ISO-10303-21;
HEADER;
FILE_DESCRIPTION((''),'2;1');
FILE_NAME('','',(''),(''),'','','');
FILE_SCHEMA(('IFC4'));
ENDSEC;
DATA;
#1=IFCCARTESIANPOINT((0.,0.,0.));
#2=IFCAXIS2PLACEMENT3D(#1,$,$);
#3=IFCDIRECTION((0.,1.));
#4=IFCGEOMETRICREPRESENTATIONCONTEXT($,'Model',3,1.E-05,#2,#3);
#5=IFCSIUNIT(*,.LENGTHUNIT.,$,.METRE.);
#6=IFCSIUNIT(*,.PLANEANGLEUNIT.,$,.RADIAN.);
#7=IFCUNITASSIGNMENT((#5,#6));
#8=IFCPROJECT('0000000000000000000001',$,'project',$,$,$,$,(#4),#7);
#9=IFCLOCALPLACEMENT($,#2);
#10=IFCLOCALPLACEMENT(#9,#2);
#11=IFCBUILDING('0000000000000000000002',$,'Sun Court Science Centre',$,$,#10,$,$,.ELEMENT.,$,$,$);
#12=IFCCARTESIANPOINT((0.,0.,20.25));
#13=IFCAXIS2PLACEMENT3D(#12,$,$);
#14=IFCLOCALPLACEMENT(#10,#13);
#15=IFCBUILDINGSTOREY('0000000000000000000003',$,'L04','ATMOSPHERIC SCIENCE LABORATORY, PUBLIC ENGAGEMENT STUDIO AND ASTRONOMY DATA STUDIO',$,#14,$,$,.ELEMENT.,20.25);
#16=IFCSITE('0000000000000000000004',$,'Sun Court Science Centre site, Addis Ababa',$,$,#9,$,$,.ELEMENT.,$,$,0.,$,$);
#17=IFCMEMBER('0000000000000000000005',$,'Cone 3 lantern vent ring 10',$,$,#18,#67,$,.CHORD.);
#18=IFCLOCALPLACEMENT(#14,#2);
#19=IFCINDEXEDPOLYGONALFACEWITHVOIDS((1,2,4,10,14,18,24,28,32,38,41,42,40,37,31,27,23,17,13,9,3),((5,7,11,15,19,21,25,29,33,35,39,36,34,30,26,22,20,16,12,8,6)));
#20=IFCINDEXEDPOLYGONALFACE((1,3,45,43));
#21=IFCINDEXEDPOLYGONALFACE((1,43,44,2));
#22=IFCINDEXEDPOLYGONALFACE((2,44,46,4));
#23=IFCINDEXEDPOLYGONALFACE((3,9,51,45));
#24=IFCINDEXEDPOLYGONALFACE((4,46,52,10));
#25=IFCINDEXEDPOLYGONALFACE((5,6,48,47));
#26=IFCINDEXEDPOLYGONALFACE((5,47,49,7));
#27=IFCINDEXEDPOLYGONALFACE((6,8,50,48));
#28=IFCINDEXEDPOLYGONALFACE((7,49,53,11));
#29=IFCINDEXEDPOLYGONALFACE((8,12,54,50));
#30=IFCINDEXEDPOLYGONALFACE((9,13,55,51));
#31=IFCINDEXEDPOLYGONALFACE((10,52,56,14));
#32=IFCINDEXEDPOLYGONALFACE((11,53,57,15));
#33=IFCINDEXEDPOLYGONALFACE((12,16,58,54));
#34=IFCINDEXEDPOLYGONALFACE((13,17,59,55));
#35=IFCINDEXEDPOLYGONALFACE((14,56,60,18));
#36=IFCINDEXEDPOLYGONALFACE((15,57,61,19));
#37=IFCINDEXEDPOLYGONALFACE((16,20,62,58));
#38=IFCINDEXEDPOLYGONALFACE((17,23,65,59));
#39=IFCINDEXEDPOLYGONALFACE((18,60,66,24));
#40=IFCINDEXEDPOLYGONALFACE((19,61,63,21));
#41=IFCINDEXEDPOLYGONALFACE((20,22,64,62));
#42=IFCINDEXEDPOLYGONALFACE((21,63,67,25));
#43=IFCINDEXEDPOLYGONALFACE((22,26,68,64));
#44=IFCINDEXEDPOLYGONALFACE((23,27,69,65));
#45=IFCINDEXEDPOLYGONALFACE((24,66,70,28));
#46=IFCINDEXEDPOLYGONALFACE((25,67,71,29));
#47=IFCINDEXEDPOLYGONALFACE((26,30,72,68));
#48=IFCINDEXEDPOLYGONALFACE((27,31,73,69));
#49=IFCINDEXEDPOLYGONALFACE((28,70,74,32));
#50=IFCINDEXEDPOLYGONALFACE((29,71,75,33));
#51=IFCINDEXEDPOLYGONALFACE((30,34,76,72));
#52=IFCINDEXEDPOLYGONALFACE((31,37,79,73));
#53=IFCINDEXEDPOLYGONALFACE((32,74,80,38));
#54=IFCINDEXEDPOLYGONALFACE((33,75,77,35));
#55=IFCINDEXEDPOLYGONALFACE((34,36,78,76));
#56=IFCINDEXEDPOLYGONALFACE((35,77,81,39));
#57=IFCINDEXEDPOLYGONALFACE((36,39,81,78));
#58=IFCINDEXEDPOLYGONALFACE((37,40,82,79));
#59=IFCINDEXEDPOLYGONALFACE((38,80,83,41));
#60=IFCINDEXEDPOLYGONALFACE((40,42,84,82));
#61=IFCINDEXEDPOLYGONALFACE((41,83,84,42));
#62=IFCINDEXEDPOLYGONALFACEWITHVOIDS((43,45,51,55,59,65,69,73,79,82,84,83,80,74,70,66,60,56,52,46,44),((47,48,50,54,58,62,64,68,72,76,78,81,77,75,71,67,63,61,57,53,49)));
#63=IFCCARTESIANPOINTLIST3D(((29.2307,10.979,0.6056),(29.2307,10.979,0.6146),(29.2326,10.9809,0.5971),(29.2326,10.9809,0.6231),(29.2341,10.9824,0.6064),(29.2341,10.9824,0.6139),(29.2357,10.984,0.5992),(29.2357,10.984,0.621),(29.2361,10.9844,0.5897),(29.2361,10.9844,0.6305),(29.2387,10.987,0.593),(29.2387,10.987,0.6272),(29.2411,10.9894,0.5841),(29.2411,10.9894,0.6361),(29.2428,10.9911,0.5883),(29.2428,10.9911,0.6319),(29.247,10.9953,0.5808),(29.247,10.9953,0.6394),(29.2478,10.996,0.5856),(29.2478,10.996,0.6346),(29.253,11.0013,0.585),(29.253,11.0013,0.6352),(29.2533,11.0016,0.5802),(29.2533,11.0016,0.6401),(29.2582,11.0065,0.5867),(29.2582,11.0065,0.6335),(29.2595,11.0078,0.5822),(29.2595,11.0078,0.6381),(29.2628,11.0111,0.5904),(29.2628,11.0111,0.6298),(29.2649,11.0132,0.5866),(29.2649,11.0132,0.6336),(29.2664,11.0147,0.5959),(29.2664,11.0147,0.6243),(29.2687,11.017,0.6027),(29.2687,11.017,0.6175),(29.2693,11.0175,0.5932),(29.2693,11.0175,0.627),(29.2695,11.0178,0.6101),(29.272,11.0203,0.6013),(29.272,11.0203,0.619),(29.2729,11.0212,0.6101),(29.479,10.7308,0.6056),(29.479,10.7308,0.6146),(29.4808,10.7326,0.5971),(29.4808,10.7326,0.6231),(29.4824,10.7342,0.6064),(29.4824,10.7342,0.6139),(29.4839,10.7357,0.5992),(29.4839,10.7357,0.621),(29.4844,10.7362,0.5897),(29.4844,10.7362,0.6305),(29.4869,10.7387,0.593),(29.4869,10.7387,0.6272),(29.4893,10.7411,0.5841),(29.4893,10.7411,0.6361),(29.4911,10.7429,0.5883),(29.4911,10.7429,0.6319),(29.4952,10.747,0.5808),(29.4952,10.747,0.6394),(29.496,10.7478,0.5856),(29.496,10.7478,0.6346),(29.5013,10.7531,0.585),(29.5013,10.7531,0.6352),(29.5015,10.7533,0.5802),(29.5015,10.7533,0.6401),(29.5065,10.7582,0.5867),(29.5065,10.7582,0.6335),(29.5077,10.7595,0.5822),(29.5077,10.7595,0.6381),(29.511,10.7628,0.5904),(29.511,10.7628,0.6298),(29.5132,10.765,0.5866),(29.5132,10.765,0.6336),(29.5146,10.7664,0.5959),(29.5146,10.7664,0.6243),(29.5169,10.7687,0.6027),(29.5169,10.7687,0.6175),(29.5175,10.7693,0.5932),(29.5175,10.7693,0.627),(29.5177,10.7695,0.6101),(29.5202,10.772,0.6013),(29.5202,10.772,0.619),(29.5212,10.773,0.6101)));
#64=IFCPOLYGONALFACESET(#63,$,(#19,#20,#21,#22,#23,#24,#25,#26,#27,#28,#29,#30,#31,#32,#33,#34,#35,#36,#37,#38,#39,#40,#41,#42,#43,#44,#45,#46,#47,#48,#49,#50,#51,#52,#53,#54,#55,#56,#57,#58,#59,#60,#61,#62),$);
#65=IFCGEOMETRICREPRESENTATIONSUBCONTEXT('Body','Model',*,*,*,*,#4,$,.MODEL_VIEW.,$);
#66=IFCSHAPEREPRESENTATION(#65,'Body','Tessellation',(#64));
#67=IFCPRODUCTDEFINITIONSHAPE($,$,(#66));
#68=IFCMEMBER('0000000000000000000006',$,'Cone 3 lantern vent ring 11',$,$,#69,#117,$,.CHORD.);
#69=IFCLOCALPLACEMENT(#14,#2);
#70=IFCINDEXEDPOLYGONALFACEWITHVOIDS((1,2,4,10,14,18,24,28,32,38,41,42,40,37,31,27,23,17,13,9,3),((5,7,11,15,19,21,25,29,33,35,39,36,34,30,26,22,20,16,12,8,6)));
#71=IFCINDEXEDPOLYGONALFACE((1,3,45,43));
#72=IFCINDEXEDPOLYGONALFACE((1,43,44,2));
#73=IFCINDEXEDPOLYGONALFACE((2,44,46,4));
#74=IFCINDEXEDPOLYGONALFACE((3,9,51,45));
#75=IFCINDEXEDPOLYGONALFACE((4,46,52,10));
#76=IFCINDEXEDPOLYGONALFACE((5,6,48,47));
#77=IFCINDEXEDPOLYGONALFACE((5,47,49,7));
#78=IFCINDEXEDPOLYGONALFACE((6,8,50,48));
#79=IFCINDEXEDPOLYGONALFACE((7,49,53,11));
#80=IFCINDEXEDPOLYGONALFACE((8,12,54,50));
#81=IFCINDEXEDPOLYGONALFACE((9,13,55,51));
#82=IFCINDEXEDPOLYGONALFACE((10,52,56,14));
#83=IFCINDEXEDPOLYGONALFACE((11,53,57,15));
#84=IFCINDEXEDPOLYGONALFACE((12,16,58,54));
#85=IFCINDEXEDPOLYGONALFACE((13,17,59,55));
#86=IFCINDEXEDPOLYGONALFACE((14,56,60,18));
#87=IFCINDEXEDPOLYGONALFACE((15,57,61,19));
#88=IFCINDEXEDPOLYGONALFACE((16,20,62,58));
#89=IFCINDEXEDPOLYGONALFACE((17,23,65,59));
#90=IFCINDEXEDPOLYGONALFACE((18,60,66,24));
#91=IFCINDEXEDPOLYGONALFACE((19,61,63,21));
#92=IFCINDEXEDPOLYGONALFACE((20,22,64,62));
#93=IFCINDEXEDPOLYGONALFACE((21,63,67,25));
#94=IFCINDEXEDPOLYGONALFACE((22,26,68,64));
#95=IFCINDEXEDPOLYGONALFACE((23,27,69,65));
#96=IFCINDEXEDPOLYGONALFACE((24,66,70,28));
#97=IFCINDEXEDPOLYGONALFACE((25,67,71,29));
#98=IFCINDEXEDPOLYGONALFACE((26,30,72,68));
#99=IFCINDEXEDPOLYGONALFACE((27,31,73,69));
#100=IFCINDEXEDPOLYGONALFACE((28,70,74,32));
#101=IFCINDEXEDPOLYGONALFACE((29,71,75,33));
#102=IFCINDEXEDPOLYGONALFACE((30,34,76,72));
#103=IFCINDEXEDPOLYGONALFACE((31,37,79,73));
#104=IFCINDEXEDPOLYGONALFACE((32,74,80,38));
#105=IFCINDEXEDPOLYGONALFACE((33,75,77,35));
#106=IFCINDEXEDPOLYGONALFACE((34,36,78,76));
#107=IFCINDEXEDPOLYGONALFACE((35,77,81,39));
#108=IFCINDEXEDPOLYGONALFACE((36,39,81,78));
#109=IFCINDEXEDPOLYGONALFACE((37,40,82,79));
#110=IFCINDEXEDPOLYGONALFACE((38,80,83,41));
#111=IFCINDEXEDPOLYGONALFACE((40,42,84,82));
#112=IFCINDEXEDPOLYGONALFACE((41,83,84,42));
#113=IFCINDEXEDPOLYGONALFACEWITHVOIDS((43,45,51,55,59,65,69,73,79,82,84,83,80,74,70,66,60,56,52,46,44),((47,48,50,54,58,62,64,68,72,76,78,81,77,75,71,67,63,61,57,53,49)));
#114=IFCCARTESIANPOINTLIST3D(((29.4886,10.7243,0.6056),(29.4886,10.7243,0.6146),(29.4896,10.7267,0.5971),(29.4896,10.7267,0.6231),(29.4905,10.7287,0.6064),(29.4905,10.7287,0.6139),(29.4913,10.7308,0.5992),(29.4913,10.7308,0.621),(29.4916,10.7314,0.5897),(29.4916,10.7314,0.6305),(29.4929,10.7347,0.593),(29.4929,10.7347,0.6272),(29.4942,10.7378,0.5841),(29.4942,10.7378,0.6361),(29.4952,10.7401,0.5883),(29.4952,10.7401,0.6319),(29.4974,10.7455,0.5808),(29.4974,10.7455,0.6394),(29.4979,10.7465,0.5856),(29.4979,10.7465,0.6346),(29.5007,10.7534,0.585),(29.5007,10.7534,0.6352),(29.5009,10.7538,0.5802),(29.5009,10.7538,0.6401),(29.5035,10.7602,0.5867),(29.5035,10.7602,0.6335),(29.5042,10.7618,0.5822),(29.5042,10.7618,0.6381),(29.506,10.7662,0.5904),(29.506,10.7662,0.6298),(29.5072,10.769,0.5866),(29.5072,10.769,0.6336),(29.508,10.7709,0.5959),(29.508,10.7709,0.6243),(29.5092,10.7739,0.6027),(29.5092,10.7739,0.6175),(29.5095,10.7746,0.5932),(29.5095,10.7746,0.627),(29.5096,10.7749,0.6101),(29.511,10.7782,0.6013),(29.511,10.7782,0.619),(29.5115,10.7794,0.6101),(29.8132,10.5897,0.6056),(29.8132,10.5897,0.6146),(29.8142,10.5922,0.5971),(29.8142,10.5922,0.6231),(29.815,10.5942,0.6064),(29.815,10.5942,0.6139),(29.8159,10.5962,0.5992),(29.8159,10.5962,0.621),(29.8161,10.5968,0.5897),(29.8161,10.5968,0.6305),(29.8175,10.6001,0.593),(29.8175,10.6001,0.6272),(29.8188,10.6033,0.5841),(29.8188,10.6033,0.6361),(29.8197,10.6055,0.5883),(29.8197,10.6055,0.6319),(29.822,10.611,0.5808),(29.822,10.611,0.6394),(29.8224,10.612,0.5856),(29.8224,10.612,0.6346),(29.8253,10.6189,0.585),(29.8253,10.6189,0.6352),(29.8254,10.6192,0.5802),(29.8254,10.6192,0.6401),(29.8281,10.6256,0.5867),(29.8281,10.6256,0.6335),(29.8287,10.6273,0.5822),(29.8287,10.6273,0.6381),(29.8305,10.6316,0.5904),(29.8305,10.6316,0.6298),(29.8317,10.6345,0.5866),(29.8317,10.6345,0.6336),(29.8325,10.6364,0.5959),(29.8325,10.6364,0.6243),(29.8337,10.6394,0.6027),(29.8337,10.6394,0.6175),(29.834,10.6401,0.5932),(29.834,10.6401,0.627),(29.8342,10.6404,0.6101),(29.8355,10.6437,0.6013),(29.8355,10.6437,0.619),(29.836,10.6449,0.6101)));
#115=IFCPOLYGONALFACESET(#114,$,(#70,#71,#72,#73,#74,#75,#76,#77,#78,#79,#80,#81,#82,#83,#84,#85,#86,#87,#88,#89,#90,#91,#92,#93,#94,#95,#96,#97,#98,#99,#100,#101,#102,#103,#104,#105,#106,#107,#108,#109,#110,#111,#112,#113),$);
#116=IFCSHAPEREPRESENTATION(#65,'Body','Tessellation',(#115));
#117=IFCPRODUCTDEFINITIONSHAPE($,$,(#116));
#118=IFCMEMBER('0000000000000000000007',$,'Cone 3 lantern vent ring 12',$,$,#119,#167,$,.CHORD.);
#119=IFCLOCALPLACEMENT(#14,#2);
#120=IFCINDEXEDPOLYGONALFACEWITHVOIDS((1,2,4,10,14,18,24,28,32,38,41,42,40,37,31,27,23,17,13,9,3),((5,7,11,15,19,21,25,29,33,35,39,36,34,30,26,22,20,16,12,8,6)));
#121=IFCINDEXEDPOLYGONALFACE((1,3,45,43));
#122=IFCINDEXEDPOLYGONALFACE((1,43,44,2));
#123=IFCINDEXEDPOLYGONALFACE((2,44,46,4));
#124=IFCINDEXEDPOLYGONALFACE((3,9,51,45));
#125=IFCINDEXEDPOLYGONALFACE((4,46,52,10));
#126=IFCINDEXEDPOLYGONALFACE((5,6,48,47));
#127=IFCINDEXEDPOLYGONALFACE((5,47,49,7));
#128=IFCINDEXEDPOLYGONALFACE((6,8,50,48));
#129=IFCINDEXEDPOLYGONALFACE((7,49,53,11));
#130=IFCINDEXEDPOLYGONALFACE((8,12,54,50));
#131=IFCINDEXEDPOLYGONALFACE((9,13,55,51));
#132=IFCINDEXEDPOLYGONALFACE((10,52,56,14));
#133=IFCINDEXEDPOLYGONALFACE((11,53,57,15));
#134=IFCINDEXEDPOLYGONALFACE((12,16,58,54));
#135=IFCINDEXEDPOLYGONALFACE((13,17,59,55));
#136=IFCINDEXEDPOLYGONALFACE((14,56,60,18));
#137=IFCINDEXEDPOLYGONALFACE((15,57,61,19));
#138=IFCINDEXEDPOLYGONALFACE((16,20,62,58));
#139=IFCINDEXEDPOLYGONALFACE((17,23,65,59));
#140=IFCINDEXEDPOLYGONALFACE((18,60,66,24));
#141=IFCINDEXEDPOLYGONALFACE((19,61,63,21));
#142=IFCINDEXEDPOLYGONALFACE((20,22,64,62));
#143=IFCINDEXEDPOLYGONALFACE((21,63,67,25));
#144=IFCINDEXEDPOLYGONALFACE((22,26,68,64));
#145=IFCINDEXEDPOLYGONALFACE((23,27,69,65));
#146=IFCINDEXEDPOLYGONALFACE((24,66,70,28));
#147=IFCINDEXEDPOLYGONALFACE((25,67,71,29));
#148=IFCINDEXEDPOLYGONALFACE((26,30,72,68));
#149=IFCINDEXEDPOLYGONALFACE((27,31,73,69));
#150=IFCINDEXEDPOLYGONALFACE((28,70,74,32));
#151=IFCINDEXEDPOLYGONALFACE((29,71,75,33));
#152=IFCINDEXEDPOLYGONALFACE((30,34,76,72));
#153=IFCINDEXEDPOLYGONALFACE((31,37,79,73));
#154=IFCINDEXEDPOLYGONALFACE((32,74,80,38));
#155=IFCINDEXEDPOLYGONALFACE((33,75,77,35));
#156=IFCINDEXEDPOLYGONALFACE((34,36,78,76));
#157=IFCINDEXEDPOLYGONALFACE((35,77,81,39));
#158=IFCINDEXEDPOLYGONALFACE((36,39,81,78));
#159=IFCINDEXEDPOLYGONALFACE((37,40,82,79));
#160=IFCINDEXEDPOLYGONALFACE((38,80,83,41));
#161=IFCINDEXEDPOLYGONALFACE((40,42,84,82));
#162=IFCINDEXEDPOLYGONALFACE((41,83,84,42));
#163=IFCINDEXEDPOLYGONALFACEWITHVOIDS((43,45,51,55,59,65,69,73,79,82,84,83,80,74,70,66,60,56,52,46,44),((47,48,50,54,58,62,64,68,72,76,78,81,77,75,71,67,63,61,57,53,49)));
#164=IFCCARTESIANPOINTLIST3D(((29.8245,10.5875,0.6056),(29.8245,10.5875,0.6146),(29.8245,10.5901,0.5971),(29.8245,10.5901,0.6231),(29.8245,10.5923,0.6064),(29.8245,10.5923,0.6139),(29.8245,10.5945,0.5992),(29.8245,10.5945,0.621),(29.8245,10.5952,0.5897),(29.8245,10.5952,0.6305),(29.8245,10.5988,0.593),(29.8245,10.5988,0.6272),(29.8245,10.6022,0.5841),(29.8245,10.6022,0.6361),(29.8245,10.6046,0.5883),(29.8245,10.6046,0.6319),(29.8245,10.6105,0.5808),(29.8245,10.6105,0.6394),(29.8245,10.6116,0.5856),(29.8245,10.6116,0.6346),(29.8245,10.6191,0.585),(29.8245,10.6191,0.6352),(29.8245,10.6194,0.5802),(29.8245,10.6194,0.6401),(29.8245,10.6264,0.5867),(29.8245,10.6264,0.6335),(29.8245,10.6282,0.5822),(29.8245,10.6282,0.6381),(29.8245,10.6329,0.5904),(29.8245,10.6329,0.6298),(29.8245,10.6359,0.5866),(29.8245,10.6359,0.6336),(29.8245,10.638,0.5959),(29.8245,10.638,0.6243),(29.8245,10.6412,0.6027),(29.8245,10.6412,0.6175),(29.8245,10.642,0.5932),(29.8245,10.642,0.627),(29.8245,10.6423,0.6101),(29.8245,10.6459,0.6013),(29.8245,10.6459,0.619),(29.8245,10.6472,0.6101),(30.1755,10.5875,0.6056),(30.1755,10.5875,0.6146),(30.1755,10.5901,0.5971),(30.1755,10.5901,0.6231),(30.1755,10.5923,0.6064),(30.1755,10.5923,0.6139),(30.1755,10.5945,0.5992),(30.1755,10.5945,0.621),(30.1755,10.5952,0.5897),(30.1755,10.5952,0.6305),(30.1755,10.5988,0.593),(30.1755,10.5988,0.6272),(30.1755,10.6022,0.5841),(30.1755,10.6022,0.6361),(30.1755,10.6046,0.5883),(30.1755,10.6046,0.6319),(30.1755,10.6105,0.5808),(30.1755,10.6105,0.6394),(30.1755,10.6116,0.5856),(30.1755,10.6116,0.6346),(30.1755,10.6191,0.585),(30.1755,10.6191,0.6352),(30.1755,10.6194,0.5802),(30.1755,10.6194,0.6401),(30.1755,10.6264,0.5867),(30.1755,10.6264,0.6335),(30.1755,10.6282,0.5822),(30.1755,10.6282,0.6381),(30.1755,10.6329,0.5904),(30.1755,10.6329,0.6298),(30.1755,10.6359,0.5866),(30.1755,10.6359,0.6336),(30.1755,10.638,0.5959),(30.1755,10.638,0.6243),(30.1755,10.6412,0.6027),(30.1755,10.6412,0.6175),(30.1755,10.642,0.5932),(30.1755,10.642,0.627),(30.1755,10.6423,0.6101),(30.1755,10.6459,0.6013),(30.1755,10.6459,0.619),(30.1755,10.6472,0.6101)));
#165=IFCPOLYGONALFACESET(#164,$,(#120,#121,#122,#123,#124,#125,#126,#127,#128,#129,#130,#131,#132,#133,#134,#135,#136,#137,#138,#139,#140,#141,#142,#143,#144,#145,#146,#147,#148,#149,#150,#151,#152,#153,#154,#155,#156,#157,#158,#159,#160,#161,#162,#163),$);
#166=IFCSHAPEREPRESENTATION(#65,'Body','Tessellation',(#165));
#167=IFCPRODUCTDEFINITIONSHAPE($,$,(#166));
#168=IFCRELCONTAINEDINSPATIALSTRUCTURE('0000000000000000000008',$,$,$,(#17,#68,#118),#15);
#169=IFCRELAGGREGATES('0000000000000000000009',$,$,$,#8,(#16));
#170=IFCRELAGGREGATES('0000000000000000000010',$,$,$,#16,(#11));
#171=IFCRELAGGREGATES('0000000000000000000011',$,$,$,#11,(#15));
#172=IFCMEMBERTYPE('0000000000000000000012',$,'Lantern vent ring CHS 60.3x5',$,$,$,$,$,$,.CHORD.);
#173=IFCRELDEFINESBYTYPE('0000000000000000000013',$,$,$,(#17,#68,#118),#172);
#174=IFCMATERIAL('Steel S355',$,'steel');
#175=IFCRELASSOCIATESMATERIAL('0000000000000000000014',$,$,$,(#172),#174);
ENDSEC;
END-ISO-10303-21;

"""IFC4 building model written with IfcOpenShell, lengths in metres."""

from ifc_helpers import new_model, si_unit, direction, frame, origin, origin_2d, place, context, subcontext, project, spatial, hollow_circle, extrude, material, material_profile, profile_set, type_object, element, save


model = new_model("IFC4")

# Units and contexts
model_context = context("Model", 3, precision=1e-05, world=origin(), true_north=direction((0.0, 1.0)))
body_context = subcontext(model_context, "Body", "Model", "MODEL_VIEW")
ifc_project = project(units=[si_unit("LENGTHUNIT", "METRE"), si_unit("PLANEANGLEUNIT", "RADIAN")], contexts=[model_context])

# Site, building, storey
site_placement = place(None, origin())
site = spatial("IfcSite", under=ifc_project, at=site_placement, Name="Sun Court Science Centre site, Addis Ababa", CompositionType="ELEMENT", RefElevation=0.0)
building_placement = place(site_placement, origin())
building = spatial("IfcBuilding", under=site, at=building_placement, Name="Sun Court Science Centre", CompositionType="ELEMENT")
storey_placement = place(building_placement, frame((0.0, 0.0, 20.25)))
storey = spatial("IfcBuildingStorey", under=building, at=storey_placement, Name="L04", Description="ATMOSPHERIC SCIENCE LABORATORY, PUBLIC ENGAGEMENT STUDIO AND ASTRONOMY DATA STUDIO", CompositionType="ELEMENT", Elevation=20.25)

# Members
ifc_material_1 = material(Name="Steel S355", Category="steel")
ifc_material_profile_1 = material_profile(ifc_material_1, hollow_circle(Radius=0.03, WallThickness=0.0049, at=origin_2d()), Name="CHS 60.3x5")
ifc_profile_set_1 = profile_set([ifc_material_profile_1], Name="Steel S355")
member_type_1 = type_object("IfcMemberType", Name="Lantern vent ring CHS 60.3x5", PredefinedType="CHORD", material=ifc_profile_set_1)
member_1_placement = place(storey_placement, frame((29.2517, 11.0, 0.6101), z_axis=(0.707107, -0.707107, 0.0), x_axis=(0.707107, 0.707107, 0.0)))
element("IfcMember", 1, at=member_1_placement, inside=storey, type_object=member_type_1, Name="Cone 3 lantern vent ring 10", PredefinedType="CHORD", context=body_context, shape_type="SweptSolid", body=[
    extrude(hollow_circle(Radius=0.03, WallThickness=0.0049, at=origin_2d()), origin(), (0.0, 0.0, 1.0), 0.3511),
])
member_2_placement = place(storey_placement, frame((29.5, 10.7517, 0.6101), z_axis=(0.923754, -0.382986, 0.0), x_axis=(0.382986, 0.923754, 0.0)))
element("IfcMember", 2, at=member_2_placement, inside=storey, type_object=member_type_1, Name="Cone 3 lantern vent ring 11", PredefinedType="CHORD", context=body_context, shape_type="SweptSolid", body=[
    extrude(hollow_circle(Radius=0.03, WallThickness=0.0049, at=origin_2d()), origin(), (0.0, 0.0, 1.0), 0.3513),
])
member_3_placement = place(storey_placement, frame((29.8245, 10.6172, 0.6101), z_axis=(1.0, 0.0, 0.0), x_axis=(0.0, 1.0, 0.0)))
element("IfcMember", 3, at=member_3_placement, inside=storey, type_object=member_type_1, Name="Cone 3 lantern vent ring 12", PredefinedType="CHORD", context=body_context, shape_type="SweptSolid", body=[
    extrude(hollow_circle(Radius=0.03, WallThickness=0.0049, at=origin_2d()), origin(), (0.0, 0.0, 1.0), 0.3511),
])

save(model, "model.ifc")
